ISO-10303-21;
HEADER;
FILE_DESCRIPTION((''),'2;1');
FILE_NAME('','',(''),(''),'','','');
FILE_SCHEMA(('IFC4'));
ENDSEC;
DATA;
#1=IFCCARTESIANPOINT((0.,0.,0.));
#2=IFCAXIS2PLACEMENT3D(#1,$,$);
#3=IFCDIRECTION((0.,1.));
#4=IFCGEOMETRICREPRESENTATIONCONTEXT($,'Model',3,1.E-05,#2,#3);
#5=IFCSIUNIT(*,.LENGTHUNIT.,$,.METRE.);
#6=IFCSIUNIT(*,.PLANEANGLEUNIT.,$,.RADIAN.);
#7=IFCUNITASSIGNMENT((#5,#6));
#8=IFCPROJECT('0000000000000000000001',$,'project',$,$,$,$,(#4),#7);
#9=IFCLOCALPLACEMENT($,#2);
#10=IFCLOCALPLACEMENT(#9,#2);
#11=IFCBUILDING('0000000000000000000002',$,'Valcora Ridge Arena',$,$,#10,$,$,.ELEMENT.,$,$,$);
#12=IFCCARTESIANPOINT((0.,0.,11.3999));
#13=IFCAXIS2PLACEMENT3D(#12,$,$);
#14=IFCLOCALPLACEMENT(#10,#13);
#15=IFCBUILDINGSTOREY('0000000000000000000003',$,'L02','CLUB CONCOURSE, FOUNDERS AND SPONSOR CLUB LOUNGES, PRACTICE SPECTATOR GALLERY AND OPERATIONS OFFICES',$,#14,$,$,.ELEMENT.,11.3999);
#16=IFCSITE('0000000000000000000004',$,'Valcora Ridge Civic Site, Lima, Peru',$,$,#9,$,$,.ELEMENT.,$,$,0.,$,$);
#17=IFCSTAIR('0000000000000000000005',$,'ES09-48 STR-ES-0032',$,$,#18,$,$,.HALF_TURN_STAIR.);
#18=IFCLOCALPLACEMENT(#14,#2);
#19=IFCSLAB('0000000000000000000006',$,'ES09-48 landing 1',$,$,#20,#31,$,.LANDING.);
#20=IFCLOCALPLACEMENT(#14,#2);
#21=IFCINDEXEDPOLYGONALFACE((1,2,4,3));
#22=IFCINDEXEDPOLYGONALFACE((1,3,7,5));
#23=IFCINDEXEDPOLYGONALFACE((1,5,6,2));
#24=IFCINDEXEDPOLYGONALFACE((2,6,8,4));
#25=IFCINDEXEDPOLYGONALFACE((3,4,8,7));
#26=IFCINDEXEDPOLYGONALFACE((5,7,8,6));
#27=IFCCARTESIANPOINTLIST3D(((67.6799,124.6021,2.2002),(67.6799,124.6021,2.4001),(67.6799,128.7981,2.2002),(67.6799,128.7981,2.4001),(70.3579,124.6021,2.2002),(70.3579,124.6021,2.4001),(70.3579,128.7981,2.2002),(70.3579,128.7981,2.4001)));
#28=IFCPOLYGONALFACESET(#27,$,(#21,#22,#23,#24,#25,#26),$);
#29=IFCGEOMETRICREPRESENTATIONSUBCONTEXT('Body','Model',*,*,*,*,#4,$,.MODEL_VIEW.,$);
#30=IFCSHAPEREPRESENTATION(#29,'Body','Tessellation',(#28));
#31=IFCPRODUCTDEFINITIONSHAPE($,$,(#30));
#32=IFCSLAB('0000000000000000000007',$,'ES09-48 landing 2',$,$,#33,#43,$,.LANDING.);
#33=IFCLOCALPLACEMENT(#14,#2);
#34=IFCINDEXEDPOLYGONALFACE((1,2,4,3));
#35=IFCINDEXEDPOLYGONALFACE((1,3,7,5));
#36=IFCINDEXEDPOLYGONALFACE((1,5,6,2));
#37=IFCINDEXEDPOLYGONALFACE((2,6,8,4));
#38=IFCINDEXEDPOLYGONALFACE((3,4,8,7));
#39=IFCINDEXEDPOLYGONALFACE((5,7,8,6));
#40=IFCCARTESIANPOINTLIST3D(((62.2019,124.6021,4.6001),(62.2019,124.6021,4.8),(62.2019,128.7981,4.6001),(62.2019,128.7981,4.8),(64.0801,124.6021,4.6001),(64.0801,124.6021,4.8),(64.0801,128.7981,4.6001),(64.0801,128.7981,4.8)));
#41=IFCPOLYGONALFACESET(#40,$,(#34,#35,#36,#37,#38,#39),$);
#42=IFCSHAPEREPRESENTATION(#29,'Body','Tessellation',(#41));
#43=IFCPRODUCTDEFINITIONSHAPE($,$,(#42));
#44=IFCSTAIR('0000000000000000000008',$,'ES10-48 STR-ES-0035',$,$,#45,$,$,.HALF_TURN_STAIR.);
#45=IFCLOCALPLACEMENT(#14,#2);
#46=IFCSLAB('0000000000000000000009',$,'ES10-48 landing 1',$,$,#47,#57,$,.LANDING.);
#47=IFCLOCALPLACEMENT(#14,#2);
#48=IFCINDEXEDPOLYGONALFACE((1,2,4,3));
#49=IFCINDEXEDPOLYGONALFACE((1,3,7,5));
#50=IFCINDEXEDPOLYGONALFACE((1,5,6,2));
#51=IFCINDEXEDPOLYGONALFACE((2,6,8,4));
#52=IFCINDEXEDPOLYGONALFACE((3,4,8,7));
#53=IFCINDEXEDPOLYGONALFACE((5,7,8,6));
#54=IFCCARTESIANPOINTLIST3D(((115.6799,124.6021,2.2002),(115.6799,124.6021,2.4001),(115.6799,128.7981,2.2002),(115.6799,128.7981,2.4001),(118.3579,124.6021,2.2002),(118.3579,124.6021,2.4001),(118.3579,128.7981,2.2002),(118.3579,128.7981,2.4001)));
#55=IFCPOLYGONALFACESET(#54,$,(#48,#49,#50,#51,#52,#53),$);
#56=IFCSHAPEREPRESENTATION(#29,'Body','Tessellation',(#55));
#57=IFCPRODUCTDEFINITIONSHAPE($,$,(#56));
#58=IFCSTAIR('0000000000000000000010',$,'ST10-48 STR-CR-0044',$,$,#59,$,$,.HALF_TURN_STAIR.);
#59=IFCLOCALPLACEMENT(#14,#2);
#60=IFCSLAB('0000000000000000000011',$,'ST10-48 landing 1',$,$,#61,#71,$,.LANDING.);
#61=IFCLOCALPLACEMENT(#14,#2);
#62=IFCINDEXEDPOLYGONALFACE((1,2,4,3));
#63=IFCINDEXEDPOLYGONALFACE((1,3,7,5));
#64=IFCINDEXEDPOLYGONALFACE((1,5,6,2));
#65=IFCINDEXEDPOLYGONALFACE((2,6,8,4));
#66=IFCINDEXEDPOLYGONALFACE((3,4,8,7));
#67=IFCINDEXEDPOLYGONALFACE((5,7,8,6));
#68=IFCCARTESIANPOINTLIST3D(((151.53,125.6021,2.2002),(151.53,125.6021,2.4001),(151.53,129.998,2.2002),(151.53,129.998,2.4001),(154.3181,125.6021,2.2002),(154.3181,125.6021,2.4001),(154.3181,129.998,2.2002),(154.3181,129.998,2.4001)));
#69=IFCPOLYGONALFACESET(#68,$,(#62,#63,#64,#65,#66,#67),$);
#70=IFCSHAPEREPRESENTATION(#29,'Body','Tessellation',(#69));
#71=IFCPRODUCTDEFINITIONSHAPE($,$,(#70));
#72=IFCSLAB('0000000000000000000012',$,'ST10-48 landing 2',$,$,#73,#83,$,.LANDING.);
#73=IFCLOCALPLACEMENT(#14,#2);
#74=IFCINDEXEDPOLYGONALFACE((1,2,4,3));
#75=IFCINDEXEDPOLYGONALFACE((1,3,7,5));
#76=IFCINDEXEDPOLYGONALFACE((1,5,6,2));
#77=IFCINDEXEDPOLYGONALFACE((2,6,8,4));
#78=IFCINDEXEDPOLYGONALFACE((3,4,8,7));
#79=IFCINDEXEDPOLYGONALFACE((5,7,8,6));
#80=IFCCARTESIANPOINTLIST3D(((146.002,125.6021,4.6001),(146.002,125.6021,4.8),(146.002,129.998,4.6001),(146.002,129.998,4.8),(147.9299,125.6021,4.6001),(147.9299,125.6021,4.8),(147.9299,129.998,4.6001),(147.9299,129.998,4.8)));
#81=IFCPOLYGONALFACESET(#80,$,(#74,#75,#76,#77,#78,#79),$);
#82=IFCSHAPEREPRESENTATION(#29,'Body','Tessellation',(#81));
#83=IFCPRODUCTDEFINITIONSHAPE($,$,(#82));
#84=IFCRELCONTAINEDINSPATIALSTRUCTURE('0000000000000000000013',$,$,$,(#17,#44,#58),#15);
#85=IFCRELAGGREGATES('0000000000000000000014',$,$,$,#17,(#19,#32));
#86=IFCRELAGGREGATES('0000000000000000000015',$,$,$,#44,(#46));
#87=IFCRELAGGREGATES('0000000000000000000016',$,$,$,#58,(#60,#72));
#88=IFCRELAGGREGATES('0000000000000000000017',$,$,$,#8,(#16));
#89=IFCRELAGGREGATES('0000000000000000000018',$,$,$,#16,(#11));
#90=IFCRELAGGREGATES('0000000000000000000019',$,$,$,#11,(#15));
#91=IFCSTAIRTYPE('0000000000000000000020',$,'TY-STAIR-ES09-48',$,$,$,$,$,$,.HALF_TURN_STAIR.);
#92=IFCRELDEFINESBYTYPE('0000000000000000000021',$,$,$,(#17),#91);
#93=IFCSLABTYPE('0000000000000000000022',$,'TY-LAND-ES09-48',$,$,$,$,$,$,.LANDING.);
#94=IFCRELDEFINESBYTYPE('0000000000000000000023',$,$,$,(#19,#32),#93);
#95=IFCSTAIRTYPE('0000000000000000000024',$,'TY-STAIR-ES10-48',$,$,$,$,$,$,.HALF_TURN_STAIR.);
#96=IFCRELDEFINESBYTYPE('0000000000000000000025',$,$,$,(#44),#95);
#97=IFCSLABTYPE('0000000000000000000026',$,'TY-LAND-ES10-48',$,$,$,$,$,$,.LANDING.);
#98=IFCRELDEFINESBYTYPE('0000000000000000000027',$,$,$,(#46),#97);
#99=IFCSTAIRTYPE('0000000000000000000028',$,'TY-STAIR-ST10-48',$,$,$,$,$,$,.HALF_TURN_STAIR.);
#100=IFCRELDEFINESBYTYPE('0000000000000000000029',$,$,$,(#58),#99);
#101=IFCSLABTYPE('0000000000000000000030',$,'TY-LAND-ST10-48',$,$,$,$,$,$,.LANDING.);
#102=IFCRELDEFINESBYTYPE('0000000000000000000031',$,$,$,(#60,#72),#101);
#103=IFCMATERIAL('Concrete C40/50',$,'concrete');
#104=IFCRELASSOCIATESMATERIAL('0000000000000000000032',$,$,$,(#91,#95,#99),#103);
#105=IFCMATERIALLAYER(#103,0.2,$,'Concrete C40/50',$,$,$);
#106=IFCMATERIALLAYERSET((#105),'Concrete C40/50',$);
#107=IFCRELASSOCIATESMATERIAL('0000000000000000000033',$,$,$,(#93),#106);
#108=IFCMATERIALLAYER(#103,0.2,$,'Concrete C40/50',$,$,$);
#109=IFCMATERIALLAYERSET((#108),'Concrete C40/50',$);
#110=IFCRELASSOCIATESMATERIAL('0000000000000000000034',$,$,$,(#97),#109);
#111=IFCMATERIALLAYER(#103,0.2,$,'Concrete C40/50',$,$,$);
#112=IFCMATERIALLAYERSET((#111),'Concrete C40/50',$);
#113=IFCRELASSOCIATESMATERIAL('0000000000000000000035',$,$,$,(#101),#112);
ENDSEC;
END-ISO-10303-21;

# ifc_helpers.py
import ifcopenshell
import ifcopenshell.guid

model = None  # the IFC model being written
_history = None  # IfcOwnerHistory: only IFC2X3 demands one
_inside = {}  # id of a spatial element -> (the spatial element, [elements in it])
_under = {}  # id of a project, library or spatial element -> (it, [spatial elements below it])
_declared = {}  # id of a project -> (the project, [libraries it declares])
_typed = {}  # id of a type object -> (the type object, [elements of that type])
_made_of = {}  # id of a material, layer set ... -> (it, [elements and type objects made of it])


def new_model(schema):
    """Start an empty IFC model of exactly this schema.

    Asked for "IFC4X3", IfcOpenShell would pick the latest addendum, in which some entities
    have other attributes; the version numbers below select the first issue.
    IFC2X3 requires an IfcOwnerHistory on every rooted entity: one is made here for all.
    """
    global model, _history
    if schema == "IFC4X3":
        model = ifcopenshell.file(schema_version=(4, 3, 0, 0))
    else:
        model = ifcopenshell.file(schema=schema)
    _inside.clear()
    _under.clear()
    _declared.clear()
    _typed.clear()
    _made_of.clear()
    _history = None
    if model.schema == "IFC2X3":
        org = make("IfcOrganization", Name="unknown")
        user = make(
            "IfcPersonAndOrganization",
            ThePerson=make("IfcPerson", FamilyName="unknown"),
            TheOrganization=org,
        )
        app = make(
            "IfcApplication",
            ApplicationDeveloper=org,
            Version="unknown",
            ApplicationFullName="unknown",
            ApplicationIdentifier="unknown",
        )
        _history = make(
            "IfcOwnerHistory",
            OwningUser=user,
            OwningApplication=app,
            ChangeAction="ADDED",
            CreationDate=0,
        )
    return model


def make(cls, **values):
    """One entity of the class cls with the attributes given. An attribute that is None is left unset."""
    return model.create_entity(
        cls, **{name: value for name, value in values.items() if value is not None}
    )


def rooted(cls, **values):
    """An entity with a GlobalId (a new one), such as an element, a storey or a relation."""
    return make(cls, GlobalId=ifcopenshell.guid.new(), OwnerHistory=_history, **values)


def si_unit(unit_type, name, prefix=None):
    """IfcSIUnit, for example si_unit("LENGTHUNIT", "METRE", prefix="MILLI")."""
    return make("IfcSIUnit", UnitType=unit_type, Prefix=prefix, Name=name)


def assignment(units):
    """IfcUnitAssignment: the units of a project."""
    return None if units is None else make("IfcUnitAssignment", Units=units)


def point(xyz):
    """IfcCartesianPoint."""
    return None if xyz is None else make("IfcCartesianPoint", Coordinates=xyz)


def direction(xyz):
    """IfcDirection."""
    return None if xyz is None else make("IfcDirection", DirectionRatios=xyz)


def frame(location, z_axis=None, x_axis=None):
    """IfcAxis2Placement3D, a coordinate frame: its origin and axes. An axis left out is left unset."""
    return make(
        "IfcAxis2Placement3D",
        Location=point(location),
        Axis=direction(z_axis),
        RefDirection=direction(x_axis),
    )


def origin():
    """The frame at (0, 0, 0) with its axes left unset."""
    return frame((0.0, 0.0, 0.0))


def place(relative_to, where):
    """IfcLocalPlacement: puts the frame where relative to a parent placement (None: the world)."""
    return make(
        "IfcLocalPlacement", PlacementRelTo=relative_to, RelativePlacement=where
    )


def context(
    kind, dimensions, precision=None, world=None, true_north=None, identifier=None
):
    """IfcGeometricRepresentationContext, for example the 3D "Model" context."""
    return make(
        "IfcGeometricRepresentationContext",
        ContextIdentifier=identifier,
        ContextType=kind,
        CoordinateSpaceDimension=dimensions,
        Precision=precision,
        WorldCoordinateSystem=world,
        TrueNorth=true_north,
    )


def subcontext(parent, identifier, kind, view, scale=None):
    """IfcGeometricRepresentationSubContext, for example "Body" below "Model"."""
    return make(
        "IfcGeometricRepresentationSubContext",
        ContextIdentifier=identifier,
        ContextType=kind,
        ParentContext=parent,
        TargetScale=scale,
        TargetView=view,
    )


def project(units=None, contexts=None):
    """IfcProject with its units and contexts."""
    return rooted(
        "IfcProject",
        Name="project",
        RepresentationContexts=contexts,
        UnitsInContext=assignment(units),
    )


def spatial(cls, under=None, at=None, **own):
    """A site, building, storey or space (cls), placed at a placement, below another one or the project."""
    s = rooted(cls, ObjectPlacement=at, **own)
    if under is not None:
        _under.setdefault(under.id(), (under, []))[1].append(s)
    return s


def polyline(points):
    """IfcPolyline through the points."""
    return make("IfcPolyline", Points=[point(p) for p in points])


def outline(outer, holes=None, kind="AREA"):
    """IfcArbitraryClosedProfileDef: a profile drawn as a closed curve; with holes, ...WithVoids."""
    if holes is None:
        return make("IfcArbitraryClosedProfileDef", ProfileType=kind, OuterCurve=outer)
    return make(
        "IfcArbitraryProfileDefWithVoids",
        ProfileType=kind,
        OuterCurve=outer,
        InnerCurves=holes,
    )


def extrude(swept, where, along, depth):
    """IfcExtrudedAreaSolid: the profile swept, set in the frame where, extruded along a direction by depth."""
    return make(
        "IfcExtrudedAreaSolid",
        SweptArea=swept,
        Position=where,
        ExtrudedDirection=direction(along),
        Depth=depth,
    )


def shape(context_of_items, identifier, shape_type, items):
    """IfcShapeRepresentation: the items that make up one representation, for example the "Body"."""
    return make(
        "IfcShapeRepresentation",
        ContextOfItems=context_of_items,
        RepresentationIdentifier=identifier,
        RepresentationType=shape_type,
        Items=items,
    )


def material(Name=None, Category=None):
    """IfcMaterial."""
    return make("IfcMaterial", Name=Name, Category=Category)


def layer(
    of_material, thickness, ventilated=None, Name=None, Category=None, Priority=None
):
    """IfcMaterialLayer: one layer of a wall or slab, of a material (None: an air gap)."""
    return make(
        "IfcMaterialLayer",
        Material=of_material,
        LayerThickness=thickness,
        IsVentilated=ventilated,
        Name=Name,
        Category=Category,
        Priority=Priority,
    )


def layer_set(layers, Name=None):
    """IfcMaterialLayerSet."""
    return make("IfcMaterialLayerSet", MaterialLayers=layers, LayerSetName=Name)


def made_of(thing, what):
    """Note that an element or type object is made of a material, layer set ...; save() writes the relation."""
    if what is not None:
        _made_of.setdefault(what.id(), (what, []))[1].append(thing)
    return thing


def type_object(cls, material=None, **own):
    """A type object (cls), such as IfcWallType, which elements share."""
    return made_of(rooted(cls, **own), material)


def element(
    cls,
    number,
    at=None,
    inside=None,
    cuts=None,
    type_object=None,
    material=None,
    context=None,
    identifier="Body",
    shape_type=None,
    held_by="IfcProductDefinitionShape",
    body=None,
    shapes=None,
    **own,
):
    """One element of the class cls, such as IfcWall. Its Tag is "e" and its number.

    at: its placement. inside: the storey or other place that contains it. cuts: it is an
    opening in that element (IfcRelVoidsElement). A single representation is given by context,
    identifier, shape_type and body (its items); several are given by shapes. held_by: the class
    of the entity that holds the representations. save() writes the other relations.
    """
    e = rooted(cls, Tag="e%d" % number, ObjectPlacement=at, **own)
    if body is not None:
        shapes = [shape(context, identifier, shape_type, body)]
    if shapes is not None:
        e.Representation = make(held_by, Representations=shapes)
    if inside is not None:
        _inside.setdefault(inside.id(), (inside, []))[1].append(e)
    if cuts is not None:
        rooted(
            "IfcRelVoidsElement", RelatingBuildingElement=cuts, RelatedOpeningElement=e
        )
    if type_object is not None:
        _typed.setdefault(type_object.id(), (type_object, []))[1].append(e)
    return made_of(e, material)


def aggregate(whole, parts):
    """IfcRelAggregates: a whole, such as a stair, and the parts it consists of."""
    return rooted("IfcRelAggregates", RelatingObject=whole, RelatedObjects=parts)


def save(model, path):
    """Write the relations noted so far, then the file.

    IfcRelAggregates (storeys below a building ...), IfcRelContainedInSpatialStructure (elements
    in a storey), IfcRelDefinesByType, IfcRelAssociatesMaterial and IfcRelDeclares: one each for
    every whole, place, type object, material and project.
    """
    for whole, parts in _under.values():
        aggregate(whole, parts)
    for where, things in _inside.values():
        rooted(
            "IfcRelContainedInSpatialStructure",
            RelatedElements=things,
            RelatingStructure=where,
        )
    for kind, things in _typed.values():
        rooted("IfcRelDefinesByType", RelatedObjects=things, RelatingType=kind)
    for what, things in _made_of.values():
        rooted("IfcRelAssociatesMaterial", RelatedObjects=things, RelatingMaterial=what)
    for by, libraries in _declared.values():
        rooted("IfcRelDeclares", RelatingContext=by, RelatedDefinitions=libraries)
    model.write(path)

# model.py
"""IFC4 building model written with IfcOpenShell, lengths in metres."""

from ifc_helpers import new_model, si_unit, direction, frame, origin, place, context, subcontext, project, spatial, polyline, outline, extrude, material, layer, layer_set, type_object, element, aggregate, save


model = new_model("IFC4")

# Units and contexts
model_context = context("Model", 3, precision=1e-05, world=origin(), true_north=direction((0.0, 1.0)))
body_context = subcontext(model_context, "Body", "Model", "MODEL_VIEW")
ifc_project = project(units=[si_unit("LENGTHUNIT", "METRE"), si_unit("PLANEANGLEUNIT", "RADIAN")], contexts=[model_context])

# Site, building, storey
site_placement = place(None, origin())
site = spatial("IfcSite", under=ifc_project, at=site_placement, Name="Valcora Ridge Civic Site, Lima, Peru", CompositionType="ELEMENT", RefElevation=0.0)
building_placement = place(site_placement, origin())
building = spatial("IfcBuilding", under=site, at=building_placement, Name="Valcora Ridge Arena", CompositionType="ELEMENT")
storey_placement = place(building_placement, frame((0.0, 0.0, 11.3999)))
storey = spatial("IfcBuildingStorey", under=building, at=storey_placement, Name="L02", Description="CLUB CONCOURSE, FOUNDERS AND SPONSOR CLUB LOUNGES, PRACTICE SPECTATOR GALLERY AND OPERATIONS OFFICES", CompositionType="ELEMENT", Elevation=11.3999)

# Stair, slabs
ifc_material = material(Name="Concrete C40/50", Category="concrete")
stair_type_1 = type_object("IfcStairType", Name="TY-STAIR-ES09-48", PredefinedType="HALF_TURN_STAIR", material=ifc_material)
stair_1_placement = place(storey_placement, origin())
stair_1 = element("IfcStair", 1, at=stair_1_placement, inside=storey, type_object=stair_type_1, Name="ES09-48 STR-ES-0032", PredefinedType="HALF_TURN_STAIR")
ifc_layer_1 = layer(ifc_material, 0.2, Name="Concrete C40/50")
ifc_layer_set_1 = layer_set([ifc_layer_1], Name="Concrete C40/50")
slab_type_1 = type_object("IfcSlabType", Name="TY-LAND-ES09-48", PredefinedType="LANDING", material=ifc_layer_set_1)
slab_1_placement = place(storey_placement, frame((0.0, 0.0, 2.2002)))
slab_1 = element("IfcSlab", 2, at=slab_1_placement, type_object=slab_type_1, Name="ES09-48 landing 1", PredefinedType="LANDING", context=body_context, shape_type="SweptSolid", body=[
    extrude(outline(polyline([(67.6799, 124.6021), (70.3579, 124.6021), (70.3579, 128.7981), (67.6799, 128.7981), (67.6799, 124.6021)])), origin(), (0.0, 0.0, 1.0), 0.2),
])
slab_2_placement = place(storey_placement, frame((0.0, 0.0, 4.6001)))
slab_2 = element("IfcSlab", 3, at=slab_2_placement, type_object=slab_type_1, Name="ES09-48 landing 2", PredefinedType="LANDING", context=body_context, shape_type="SweptSolid", body=[
    extrude(outline(polyline([(62.2019, 124.6021), (64.0801, 124.6021), (64.0801, 128.7981), (62.2019, 128.7981), (62.2019, 124.6021)])), origin(), (0.0, 0.0, 1.0), 0.2),
])
aggregate(stair_1, [slab_1, slab_2])

# Stair, slab
stair_type_2 = type_object("IfcStairType", Name="TY-STAIR-ES10-48", PredefinedType="HALF_TURN_STAIR", material=ifc_material)
stair_2_placement = place(storey_placement, origin())
stair_2 = element("IfcStair", 4, at=stair_2_placement, inside=storey, type_object=stair_type_2, Name="ES10-48 STR-ES-0035", PredefinedType="HALF_TURN_STAIR")
ifc_layer_2 = layer(ifc_material, 0.2, Name="Concrete C40/50")
ifc_layer_set_2 = layer_set([ifc_layer_2], Name="Concrete C40/50")
slab_type_2 = type_object("IfcSlabType", Name="TY-LAND-ES10-48", PredefinedType="LANDING", material=ifc_layer_set_2)
slab_3_placement = place(storey_placement, frame((0.0, 0.0, 2.2002)))
slab_3 = element("IfcSlab", 5, at=slab_3_placement, type_object=slab_type_2, Name="ES10-48 landing 1", PredefinedType="LANDING", context=body_context, shape_type="SweptSolid", body=[
    extrude(outline(polyline([(115.6799, 124.6021), (118.3579, 124.6021), (118.3579, 128.7981), (115.6799, 128.7981), (115.6799, 124.6021)])), origin(), (0.0, 0.0, 1.0), 0.2),
])
aggregate(stair_2, [slab_3])

# Stair, slabs
stair_type_3 = type_object("IfcStairType", Name="TY-STAIR-ST10-48", PredefinedType="HALF_TURN_STAIR", material=ifc_material)
stair_3_placement = place(storey_placement, origin())
stair_3 = element("IfcStair", 6, at=stair_3_placement, inside=storey, type_object=stair_type_3, Name="ST10-48 STR-CR-0044", PredefinedType="HALF_TURN_STAIR")
ifc_layer_3 = layer(ifc_material, 0.2, Name="Concrete C40/50")
ifc_layer_set_3 = layer_set([ifc_layer_3], Name="Concrete C40/50")
slab_type_3 = type_object("IfcSlabType", Name="TY-LAND-ST10-48", PredefinedType="LANDING", material=ifc_layer_set_3)
slab_4_placement = place(storey_placement, frame((0.0, 0.0, 2.2002)))
slab_4 = element("IfcSlab", 7, at=slab_4_placement, type_object=slab_type_3, Name="ST10-48 landing 1", PredefinedType="LANDING", context=body_context, shape_type="SweptSolid", body=[
    extrude(outline(polyline([(151.53, 125.6021), (154.3181, 125.6021), (154.3181, 129.998), (151.53, 129.998), (151.53, 125.6021)])), origin(), (0.0, 0.0, 1.0), 0.2),
])
slab_5_placement = place(storey_placement, frame((0.0, 0.0, 4.6001)))
slab_5 = element("IfcSlab", 8, at=slab_5_placement, type_object=slab_type_3, Name="ST10-48 landing 2", PredefinedType="LANDING", context=body_context, shape_type="SweptSolid", body=[
    extrude(outline(polyline([(146.002, 125.6021), (147.9299, 125.6021), (147.9299, 129.998), (146.002, 129.998), (146.002, 125.6021)])), origin(), (0.0, 0.0, 1.0), 0.2),
])
aggregate(stair_3, [slab_4, slab_5])

save(model, "model.ifc")
